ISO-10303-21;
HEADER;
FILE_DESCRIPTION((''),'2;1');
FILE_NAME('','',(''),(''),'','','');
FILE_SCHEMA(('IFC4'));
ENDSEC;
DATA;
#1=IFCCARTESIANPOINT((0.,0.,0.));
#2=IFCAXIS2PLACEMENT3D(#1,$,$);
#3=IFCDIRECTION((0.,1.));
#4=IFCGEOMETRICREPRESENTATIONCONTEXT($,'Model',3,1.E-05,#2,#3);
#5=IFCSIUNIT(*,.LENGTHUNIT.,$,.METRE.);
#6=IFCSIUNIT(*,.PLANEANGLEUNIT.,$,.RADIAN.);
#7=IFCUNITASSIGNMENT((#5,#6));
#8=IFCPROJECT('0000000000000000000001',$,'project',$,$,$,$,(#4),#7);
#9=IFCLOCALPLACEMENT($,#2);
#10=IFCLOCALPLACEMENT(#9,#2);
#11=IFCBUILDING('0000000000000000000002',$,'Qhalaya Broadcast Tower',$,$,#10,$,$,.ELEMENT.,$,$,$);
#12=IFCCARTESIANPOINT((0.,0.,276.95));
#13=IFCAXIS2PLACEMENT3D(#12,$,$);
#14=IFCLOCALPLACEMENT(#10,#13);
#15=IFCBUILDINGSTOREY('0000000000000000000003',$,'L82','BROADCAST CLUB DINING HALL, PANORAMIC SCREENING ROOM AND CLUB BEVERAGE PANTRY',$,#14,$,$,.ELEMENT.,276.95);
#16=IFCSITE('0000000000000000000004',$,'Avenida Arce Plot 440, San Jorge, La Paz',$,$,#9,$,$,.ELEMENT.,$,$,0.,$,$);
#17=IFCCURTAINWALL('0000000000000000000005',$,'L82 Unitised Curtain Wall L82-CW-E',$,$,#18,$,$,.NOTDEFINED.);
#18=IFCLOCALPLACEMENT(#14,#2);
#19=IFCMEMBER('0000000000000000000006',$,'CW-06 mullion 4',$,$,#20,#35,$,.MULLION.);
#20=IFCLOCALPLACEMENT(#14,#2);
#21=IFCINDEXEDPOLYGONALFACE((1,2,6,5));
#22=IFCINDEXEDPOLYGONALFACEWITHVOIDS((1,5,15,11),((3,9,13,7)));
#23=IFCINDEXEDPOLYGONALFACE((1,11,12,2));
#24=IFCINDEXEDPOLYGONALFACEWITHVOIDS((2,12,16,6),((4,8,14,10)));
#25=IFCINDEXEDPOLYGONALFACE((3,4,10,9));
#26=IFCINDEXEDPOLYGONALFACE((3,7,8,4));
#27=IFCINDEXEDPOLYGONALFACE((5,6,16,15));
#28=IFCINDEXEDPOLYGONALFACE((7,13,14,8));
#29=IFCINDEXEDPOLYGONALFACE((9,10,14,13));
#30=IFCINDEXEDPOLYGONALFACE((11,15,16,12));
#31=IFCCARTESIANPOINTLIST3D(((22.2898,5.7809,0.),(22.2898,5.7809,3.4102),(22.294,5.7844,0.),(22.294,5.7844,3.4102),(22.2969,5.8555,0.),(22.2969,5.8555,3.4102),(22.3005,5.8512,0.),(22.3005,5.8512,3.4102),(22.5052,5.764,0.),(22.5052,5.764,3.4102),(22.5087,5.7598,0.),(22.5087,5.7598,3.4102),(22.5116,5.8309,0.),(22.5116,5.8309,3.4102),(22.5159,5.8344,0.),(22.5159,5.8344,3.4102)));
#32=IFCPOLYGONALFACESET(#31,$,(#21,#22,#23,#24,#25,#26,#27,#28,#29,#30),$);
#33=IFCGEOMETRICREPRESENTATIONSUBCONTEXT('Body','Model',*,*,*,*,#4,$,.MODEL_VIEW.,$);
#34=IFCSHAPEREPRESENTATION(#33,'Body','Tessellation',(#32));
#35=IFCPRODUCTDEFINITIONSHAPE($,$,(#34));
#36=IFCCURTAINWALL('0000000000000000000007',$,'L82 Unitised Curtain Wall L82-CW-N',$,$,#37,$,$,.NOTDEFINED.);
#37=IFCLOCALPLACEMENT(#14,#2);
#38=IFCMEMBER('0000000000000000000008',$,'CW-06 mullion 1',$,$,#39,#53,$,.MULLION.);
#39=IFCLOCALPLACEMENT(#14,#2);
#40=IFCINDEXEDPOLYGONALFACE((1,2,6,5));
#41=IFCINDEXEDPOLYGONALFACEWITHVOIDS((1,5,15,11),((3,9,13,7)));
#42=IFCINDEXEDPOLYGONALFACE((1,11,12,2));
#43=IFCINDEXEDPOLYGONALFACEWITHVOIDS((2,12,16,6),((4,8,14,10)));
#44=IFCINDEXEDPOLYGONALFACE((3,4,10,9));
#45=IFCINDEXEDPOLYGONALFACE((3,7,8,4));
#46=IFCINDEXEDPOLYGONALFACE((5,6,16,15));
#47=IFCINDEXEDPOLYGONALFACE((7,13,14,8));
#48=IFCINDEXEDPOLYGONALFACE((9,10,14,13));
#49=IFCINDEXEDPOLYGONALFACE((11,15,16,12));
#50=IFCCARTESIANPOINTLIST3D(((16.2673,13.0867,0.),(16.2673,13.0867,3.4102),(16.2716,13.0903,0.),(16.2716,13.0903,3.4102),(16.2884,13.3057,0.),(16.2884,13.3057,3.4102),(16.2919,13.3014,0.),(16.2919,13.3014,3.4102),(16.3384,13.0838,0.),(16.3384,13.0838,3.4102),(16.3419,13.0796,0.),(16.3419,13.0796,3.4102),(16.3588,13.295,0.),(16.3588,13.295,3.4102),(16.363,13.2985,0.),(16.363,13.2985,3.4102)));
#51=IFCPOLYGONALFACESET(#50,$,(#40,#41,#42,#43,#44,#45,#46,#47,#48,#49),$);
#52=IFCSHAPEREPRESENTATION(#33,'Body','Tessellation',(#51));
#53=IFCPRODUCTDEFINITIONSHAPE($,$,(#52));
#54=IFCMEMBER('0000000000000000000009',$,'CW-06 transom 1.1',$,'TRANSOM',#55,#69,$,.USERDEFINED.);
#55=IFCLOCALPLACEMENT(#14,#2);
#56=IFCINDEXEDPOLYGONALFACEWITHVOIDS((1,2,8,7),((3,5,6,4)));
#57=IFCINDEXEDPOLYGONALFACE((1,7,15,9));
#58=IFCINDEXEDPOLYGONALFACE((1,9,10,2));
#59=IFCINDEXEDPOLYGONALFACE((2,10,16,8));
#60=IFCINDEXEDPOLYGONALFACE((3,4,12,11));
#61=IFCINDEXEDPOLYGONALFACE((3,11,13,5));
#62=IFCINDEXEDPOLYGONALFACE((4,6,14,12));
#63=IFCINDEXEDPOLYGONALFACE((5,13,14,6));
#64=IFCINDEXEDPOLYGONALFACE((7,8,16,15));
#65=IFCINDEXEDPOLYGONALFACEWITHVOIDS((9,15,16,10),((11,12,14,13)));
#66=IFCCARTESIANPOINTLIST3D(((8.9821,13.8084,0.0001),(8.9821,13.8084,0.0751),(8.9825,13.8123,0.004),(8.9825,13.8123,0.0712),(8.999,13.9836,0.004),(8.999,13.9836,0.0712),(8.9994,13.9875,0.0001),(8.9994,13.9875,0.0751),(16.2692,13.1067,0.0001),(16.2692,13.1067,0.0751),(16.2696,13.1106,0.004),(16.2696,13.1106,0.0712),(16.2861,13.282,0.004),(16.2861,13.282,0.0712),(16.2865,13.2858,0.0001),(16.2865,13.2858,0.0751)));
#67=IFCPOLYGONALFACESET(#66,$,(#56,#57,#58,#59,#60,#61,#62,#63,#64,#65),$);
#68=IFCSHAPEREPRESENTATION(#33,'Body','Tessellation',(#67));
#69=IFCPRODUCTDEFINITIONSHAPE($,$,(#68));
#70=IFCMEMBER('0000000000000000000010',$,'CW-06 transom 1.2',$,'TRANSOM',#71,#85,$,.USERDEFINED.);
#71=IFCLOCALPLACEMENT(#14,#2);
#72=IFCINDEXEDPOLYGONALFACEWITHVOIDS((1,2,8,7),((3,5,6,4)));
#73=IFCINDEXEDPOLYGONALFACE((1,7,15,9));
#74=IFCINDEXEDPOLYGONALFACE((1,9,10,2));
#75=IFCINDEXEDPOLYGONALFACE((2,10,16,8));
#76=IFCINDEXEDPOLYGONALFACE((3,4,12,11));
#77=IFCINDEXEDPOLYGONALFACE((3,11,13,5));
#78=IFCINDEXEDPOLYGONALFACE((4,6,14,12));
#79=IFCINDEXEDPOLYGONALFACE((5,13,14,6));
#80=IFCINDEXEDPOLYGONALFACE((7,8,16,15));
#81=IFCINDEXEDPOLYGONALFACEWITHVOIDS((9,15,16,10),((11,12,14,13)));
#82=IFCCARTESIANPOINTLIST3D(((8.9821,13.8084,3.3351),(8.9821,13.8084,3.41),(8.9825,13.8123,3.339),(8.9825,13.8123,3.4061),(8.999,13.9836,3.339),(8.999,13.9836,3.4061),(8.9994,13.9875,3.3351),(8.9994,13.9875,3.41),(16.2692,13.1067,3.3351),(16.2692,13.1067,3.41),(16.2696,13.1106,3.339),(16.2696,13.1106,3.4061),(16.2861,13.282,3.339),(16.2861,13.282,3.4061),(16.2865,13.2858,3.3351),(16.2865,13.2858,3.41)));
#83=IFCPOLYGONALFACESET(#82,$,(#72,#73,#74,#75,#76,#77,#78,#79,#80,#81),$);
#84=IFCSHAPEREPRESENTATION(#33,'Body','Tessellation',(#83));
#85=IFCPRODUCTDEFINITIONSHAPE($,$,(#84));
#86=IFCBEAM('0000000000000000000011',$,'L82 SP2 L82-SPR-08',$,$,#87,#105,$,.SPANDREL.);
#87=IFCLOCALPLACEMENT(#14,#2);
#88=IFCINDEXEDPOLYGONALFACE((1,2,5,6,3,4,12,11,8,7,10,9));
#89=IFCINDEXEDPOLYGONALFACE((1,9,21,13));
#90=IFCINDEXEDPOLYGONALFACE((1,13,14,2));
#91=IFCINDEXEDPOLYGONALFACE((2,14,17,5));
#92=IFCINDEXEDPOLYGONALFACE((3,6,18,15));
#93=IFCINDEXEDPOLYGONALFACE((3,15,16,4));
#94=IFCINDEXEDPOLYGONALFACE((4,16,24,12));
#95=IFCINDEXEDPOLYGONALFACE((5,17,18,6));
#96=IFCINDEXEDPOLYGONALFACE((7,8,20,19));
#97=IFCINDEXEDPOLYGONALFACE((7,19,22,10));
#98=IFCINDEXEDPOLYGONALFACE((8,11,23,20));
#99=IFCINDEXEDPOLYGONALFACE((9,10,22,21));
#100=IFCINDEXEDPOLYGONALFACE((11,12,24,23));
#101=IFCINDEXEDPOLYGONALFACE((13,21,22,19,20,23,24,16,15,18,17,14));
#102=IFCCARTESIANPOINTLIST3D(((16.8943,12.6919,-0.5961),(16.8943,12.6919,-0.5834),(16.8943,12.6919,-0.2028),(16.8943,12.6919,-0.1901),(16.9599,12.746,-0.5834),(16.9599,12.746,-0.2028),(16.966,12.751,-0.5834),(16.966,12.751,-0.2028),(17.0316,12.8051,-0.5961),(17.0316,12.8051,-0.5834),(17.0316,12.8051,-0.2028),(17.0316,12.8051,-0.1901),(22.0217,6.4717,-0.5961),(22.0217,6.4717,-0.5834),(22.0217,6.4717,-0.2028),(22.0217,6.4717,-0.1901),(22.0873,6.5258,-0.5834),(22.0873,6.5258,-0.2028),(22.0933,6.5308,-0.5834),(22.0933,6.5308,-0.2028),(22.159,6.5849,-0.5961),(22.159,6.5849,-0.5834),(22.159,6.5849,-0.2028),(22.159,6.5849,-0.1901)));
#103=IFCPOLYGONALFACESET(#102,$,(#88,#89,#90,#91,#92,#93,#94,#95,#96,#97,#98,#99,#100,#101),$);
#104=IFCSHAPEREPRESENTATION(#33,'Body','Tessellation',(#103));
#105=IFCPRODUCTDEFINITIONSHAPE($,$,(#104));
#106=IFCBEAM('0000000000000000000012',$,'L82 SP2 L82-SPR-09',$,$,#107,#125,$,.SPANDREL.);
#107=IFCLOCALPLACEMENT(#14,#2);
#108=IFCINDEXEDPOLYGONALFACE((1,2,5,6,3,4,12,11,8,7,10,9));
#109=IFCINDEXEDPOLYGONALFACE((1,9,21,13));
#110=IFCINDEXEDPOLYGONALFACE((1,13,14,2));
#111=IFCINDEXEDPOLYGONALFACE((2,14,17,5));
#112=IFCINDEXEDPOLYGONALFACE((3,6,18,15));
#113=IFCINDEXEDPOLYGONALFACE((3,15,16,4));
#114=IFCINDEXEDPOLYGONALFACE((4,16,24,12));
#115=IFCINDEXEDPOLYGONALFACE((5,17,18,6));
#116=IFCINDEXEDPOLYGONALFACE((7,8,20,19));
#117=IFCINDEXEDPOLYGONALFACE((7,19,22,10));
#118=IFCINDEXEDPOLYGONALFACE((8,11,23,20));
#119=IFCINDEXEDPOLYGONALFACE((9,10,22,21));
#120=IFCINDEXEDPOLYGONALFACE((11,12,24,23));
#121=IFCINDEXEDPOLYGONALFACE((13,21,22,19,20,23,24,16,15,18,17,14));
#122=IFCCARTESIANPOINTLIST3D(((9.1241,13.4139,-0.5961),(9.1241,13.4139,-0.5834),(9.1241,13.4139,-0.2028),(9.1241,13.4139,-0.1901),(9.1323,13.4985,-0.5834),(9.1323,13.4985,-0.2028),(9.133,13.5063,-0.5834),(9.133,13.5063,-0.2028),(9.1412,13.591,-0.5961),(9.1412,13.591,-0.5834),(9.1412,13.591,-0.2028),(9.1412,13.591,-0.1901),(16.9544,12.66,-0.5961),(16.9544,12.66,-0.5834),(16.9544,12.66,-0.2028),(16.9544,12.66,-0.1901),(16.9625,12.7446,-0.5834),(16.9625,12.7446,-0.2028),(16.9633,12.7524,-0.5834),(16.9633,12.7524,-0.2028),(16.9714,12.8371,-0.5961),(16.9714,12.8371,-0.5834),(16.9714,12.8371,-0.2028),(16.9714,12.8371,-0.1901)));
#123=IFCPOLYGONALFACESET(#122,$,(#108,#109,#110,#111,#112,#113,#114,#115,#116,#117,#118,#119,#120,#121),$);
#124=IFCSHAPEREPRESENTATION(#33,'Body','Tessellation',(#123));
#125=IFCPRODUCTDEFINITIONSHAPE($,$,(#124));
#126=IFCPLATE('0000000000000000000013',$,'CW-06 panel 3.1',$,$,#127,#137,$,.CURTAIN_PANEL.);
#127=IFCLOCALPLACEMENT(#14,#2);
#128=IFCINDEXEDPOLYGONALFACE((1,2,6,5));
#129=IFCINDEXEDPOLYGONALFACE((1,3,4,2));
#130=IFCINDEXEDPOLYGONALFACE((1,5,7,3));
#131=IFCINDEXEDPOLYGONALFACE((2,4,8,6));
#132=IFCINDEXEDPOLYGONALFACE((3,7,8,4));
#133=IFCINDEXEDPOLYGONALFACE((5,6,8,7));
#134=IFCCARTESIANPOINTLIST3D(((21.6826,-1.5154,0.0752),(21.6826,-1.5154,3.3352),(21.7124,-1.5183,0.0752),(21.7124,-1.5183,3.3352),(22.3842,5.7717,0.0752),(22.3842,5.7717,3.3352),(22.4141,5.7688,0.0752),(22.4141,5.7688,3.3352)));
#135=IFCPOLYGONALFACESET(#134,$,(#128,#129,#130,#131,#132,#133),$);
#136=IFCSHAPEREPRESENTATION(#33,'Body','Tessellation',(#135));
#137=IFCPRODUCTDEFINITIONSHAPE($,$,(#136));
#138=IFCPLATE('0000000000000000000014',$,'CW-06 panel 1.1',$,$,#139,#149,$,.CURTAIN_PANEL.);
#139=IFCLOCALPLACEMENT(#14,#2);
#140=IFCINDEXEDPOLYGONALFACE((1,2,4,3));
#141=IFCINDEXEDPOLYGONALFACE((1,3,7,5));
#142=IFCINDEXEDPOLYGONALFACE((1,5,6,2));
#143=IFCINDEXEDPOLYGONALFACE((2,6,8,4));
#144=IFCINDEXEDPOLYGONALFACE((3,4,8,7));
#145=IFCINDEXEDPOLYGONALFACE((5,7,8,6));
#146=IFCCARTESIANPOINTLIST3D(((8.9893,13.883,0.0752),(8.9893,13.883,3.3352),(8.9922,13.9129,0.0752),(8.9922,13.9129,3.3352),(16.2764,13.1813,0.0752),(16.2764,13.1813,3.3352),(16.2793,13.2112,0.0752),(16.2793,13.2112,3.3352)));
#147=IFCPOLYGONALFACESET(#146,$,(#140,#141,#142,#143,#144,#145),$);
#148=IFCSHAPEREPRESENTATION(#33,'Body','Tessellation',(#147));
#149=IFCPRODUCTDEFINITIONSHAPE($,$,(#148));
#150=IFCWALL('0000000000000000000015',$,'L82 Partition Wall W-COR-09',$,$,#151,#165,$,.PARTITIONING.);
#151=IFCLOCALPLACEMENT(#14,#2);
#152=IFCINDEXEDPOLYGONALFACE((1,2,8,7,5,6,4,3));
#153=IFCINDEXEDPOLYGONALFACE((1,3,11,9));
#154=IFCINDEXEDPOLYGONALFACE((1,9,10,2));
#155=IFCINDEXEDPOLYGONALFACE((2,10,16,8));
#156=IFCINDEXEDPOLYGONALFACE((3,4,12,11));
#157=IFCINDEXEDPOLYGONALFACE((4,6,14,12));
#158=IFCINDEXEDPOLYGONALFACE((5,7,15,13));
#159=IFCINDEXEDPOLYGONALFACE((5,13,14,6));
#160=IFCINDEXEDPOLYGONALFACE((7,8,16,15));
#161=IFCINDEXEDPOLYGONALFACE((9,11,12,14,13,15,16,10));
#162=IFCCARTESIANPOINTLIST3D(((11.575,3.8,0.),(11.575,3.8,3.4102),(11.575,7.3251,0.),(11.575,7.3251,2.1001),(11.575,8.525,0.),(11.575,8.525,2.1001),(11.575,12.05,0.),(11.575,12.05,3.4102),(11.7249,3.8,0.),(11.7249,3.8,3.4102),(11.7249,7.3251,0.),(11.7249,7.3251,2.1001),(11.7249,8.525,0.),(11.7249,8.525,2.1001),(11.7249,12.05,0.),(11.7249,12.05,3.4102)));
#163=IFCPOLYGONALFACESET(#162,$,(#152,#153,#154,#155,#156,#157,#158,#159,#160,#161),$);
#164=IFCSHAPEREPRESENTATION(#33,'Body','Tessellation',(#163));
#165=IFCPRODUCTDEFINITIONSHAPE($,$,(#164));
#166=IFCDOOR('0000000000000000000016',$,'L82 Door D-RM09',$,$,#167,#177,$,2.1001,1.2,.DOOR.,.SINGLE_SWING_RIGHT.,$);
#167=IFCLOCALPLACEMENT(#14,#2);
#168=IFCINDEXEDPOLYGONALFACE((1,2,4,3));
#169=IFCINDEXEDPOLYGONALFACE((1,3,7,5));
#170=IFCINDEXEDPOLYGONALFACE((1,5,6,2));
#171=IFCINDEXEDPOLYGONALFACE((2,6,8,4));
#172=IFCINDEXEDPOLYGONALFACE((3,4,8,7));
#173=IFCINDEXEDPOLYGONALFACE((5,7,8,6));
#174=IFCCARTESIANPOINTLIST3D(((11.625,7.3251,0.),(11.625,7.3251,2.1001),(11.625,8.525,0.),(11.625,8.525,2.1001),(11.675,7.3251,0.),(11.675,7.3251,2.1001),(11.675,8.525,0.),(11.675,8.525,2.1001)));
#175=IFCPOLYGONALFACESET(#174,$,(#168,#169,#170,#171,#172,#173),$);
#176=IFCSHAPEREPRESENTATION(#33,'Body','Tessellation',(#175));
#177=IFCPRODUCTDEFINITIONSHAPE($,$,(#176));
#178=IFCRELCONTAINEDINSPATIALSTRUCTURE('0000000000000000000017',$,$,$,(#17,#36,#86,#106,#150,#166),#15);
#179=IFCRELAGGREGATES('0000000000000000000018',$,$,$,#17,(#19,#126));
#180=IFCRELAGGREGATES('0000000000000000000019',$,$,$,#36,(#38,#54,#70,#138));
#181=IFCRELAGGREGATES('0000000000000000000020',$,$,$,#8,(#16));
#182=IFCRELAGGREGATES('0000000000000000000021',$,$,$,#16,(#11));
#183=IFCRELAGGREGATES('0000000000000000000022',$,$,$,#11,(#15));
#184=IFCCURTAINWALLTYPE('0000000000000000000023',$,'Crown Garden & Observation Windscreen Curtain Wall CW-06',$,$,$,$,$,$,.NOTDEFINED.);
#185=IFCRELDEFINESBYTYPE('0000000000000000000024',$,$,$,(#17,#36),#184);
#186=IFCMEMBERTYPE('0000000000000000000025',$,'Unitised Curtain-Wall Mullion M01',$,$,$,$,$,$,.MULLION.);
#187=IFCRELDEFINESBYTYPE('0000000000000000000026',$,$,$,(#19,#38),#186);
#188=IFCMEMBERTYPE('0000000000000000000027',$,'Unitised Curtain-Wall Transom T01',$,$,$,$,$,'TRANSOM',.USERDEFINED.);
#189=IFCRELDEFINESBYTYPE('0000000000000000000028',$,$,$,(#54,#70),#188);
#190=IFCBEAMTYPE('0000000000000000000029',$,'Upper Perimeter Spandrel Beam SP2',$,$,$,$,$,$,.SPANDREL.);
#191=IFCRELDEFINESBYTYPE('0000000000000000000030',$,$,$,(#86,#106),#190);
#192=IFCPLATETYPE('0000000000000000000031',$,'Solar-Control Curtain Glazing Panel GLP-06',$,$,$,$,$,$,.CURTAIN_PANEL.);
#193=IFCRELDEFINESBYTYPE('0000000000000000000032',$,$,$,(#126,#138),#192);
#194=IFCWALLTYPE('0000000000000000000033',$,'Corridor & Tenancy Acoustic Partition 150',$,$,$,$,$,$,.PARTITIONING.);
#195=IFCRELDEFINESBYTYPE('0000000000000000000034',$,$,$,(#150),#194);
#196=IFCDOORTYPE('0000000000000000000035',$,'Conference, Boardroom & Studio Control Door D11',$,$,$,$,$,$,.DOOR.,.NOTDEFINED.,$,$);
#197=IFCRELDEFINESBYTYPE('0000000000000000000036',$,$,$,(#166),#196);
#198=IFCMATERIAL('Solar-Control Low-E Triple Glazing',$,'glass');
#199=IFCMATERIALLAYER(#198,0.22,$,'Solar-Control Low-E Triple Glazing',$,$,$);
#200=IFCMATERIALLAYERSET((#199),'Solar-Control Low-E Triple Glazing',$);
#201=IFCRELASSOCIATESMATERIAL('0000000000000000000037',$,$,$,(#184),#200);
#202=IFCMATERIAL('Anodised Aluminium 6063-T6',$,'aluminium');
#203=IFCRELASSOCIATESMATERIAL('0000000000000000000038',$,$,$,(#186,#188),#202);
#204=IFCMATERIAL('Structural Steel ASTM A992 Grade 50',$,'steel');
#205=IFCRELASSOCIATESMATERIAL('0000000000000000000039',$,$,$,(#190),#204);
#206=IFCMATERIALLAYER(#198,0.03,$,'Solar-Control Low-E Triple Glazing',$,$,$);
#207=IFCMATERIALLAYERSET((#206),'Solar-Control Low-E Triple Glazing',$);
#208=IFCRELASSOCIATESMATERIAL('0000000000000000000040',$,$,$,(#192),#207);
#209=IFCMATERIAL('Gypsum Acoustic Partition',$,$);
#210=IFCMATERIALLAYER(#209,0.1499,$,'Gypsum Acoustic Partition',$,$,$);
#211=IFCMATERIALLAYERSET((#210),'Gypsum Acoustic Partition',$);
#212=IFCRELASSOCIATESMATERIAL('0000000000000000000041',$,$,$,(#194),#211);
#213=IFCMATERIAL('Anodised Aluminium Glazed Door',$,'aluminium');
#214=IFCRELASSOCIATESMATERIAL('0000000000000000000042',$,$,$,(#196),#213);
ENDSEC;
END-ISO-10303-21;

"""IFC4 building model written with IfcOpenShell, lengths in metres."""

from ifc_helpers import new_model, si_unit, direction, frame, frame_2d, origin, origin_2d, place, context, subcontext, project, spatial, rectangle, hollow_rectangle, i_section, extrude, material, layer, layer_set, material_profile, profile_set, type_object, element, fill, aggregate, save


model = new_model("IFC4")

# Units and contexts
model_context = context("Model", 3, precision=1e-05, world=origin(), true_north=direction((0.0, 1.0)))
body_context = subcontext(model_context, "Body", "Model", "MODEL_VIEW")
ifc_project = project(units=[si_unit("LENGTHUNIT", "METRE"), si_unit("PLANEANGLEUNIT", "RADIAN")], contexts=[model_context])

# Site, building, storey
site_placement = place(None, origin())
site = spatial("IfcSite", under=ifc_project, at=site_placement, Name="Avenida Arce Plot 440, San Jorge, La Paz", CompositionType="ELEMENT", RefElevation=0.0)
building_placement = place(site_placement, origin())
building = spatial("IfcBuilding", under=site, at=building_placement, Name="Qhalaya Broadcast Tower", CompositionType="ELEMENT")
storey_placement = place(building_placement, frame((0.0, 0.0, 276.95)))
storey = spatial("IfcBuildingStorey", under=building, at=storey_placement, Name="L82", Description="BROADCAST CLUB DINING HALL, PANORAMIC SCREENING ROOM AND CLUB BEVERAGE PANTRY", CompositionType="ELEMENT", Elevation=276.95)

# Shared definitions
ifc_material_1 = material(Name="Structural Steel ASTM A992 Grade 50", Category="steel")

# Curtain wall, member
ifc_material_2 = material(Name="Solar-Control Low-E Triple Glazing", Category="glass")
ifc_layer_1 = layer(ifc_material_2, 0.22, Name="Solar-Control Low-E Triple Glazing")
ifc_layer_set_1 = layer_set([ifc_layer_1], Name="Solar-Control Low-E Triple Glazing")
curtain_wall_type = type_object("IfcCurtainWallType", Name="Crown Garden & Observation Windscreen Curtain Wall CW-06", PredefinedType="NOTDEFINED", material=ifc_layer_set_1)
curtain_wall_1_placement = place(storey_placement, origin())
curtain_wall_1 = element("IfcCurtainWall", 1, at=curtain_wall_1_placement, inside=storey, type_object=curtain_wall_type, Name="L82 Unitised Curtain Wall L82-CW-E", PredefinedType="NOTDEFINED")
ifc_material_3 = material(Name="Anodised Aluminium 6063-T6", Category="aluminium")
ifc_material_profile_1 = material_profile(ifc_material_3, hollow_rectangle(XDim=0.075, YDim=0.22, WallThickness=0.0039, at=origin_2d()), Name="ALU-MUL 75x220x4")
ifc_profile_set_1 = profile_set([ifc_material_profile_1], Name="Anodised Aluminium 6063-T6")
member_type_1 = type_object("IfcMemberType", Name="Unitised Curtain-Wall Mullion M01", PredefinedType="MULLION", material=ifc_profile_set_1)
member_1_placement = place(storey_placement, frame((22.4028, 5.8076, 0.0), z_axis=(0.0, 0.0, 1.0), x_axis=(0.095848, 0.995396, 0.0)))
member_1 = element("IfcMember", 2, at=member_1_placement, type_object=member_type_1, Name="CW-06 mullion 4", PredefinedType="MULLION", context=body_context, shape_type="SweptSolid", body=[
    extrude(hollow_rectangle(XDim=0.075, YDim=0.22, WallThickness=0.0039, at=origin_2d()), origin(), (0.0, 0.0, 1.0), 3.4102),
])

# Curtain wall, members
curtain_wall_2_placement = place(storey_placement, origin())
curtain_wall_2 = element("IfcCurtainWall", 3, at=curtain_wall_2_placement, inside=storey, type_object=curtain_wall_type, Name="L82 Unitised Curtain Wall L82-CW-N", PredefinedType="NOTDEFINED")
member_2_placement = place(storey_placement, frame((16.3152, 13.1926, 0.0), z_axis=(0.0, 0.0, 1.0), x_axis=(-0.995396, 0.095848, 0.0)))
member_2 = element("IfcMember", 4, at=member_2_placement, type_object=member_type_1, Name="CW-06 mullion 1", PredefinedType="MULLION", context=body_context, shape_type="SweptSolid", body=[
    extrude(hollow_rectangle(XDim=0.075, YDim=0.22, WallThickness=0.0039, at=origin_2d()), origin(), (0.0, 0.0, 1.0), 3.4102),
])
ifc_material_profile_2 = material_profile(ifc_material_3, hollow_rectangle(XDim=0.075, YDim=0.1799, WallThickness=0.0039, at=origin_2d()), Name="ALU-TRN 75x180x4")
ifc_profile_set_2 = profile_set([ifc_material_profile_2], Name="Anodised Aluminium 6063-T6")
member_type_2 = type_object("IfcMemberType", Name="Unitised Curtain-Wall Transom T01", ElementType="TRANSOM", PredefinedType="USERDEFINED", material=ifc_profile_set_2)
member_3_placement = place(storey_placement, frame((16.2778, 13.1963, 0.0376), z_axis=(-0.995396, 0.095845, 0.0), x_axis=(0.0, 0.0, 1.0)))
member_3 = element("IfcMember", 5, at=member_3_placement, type_object=member_type_2, Name="CW-06 transom 1.1", ObjectType="TRANSOM", PredefinedType="USERDEFINED", context=body_context, shape_type="SweptSolid", body=[
    extrude(hollow_rectangle(XDim=0.075, YDim=0.1799, WallThickness=0.0039, at=origin_2d()), origin(), (0.0, 0.0, 1.0), 7.3208),
])
member_4_placement = place(storey_placement, frame((16.2778, 13.1963, 3.3726), z_axis=(-0.995396, 0.095845, 0.0), x_axis=(0.0, 0.0, 1.0)))
member_4 = element("IfcMember", 6, at=member_4_placement, type_object=member_type_2, Name="CW-06 transom 1.2", ObjectType="TRANSOM", PredefinedType="USERDEFINED", context=body_context, shape_type="SweptSolid", body=[
    extrude(hollow_rectangle(XDim=0.075, YDim=0.1799, WallThickness=0.0039, at=origin_2d()), origin(), (0.0, 0.0, 1.0), 7.3208),
])

# Beams
ifc_material_profile_3 = material_profile(ifc_material_1, i_section(OverallWidth=0.178, OverallDepth=0.406, WebThickness=0.0078, FlangeThickness=0.0127, at=origin_2d()), Name="W16X40")
ifc_profile_set_3 = profile_set([ifc_material_profile_3], Name="Structural Steel ASTM A992 Grade 50")
beam_type_1 = type_object("IfcBeamType", Name="Upper Perimeter Spandrel Beam SP2", PredefinedType="SPANDREL", material=ifc_profile_set_3)
beam_1_placement = place(storey_placement, frame((22.0903, 6.5283, -0.3931), z_axis=(-0.63607, 0.771631, 0.0), x_axis=(-0.771631, -0.63607, 0.0)))
element("IfcBeam", 7, at=beam_1_placement, inside=storey, type_object=beam_type_1, Name="L82 SP2 L82-SPR-08", PredefinedType="SPANDREL", context=body_context, shape_type="SweptSolid", body=[
    extrude(i_section(OverallWidth=0.178, OverallDepth=0.406, WebThickness=0.0078, FlangeThickness=0.0127, at=origin_2d()), origin(), (0.0, 0.0, 1.0), 8.061),
])
beam_2_placement = place(storey_placement, frame((16.9629, 12.7485, -0.3931), z_axis=(-0.995397, 0.095837, 0.0), x_axis=(-0.095837, -0.995397, 0.0)))
element("IfcBeam", 8, at=beam_2_placement, inside=storey, type_object=beam_type_1, Name="L82 SP2 L82-SPR-09", PredefinedType="SPANDREL", context=body_context, shape_type="SweptSolid", body=[
    extrude(i_section(OverallWidth=0.178, OverallDepth=0.406, WebThickness=0.0078, FlangeThickness=0.0127, at=origin_2d()), origin(), (0.0, 0.0, 1.0), 7.8665),
])

# Plates
ifc_layer_2 = layer(ifc_material_2, 0.03, Name="Solar-Control Low-E Triple Glazing")
ifc_layer_set_2 = layer_set([ifc_layer_2], Name="Solar-Control Low-E Triple Glazing")
plate_type = type_object("IfcPlateType", Name="Solar-Control Curtain Glazing Panel GLP-06", PredefinedType="CURTAIN_PANEL", material=ifc_layer_set_2)
plate_1_placement = place(storey_placement, frame((22.0483, 2.1267, 0.0752), z_axis=(0.0, 0.0, 1.0), x_axis=(0.095848, 0.995396, 0.0)))
plate_1 = element("IfcPlate", 9, at=plate_1_placement, type_object=plate_type, Name="CW-06 panel 3.1", PredefinedType="CURTAIN_PANEL", context=body_context, shape_type="SweptSolid", body=[
    extrude(rectangle(XDim=7.3208, YDim=0.03, at=origin_2d()), origin(), (0.0, 0.0, 1.0), 3.26),
])
aggregate(curtain_wall_1, [member_1, plate_1])
plate_2_placement = place(storey_placement, frame((12.6343, 13.5471, 0.0752), z_axis=(0.0, 0.0, 1.0), x_axis=(-0.995396, 0.095848, 0.0)))
plate_2 = element("IfcPlate", 10, at=plate_2_placement, type_object=plate_type, Name="CW-06 panel 1.1", PredefinedType="CURTAIN_PANEL", context=body_context, shape_type="SweptSolid", body=[
    extrude(rectangle(XDim=7.3208, YDim=0.03, at=origin_2d()), origin(), (0.0, 0.0, 1.0), 3.26),
])
aggregate(curtain_wall_2, [member_2, member_3, member_4, plate_2])

# Wall, opening, door
ifc_material_4 = material(Name="Gypsum Acoustic Partition")
ifc_layer_3 = layer(ifc_material_4, 0.1499, Name="Gypsum Acoustic Partition")
ifc_layer_set_3 = layer_set([ifc_layer_3], Name="Gypsum Acoustic Partition")
wall_type_1 = type_object("IfcWallType", Name="Corridor & Tenancy Acoustic Partition 150", PredefinedType="PARTITIONING", material=ifc_layer_set_3)
wall_1_placement = place(storey_placement, frame((11.6499, 3.8, 0.0), z_axis=(0.0, 0.0, 1.0), x_axis=(0.0, 1.0, 0.0)))
wall_1 = element("IfcWall", 11, at=wall_1_placement, inside=storey, type_object=wall_type_1, Name="L82 Partition Wall W-COR-09", PredefinedType="PARTITIONING", context=body_context, shape_type="SweptSolid", body=[
    extrude(rectangle(XDim=8.25, YDim=0.1499, at=frame_2d((4.125, 0.0))), origin(), (0.0, 0.0, 1.0), 3.4102),
])
opening_1_placement = place(wall_1_placement, frame((3.5249, 0.0, 0.0)))
opening_1 = element("IfcOpeningElement", 12, at=opening_1_placement, cuts=wall_1, PredefinedType="OPENING", context=body_context, shape_type="SweptSolid", body=[
    extrude(rectangle(XDim=1.2, YDim=2.1001, at=frame_2d((0.6001, 1.05))), frame((0.0, 0.0869, 0.0), z_axis=(0.0, -1.0, 0.0), x_axis=(1.0, 0.0, 0.0)), (0.0, 0.0, 1.0), 0.1738),
])
ifc_material_5 = material(Name="Anodised Aluminium Glazed Door", Category="aluminium")
door_type_1 = type_object("IfcDoorType", Name="Conference, Boardroom & Studio Control Door D11", OperationType="NOTDEFINED", PredefinedType="DOOR", material=ifc_material_5)
door_1_placement = place(opening_1_placement, origin())
door_1 = element("IfcDoor", 13, at=door_1_placement, inside=storey, type_object=door_type_1, Name="L82 Door D-RM09", OperationType="SINGLE_SWING_RIGHT", OverallHeight=2.1001, OverallWidth=1.2, PredefinedType="DOOR", context=body_context, shape_type="SweptSolid", body=[
    extrude(rectangle(XDim=1.2, YDim=2.1001, at=frame_2d((0.6001, 1.05))), frame((0.0, 0.0249, 0.0), z_axis=(0.0, -1.0, 0.0), x_axis=(1.0, 0.0, 0.0)), (0.0, 0.0, 1.0), 0.05),
])
fill(opening_1, door_1)

save(model, "model.ifc")
